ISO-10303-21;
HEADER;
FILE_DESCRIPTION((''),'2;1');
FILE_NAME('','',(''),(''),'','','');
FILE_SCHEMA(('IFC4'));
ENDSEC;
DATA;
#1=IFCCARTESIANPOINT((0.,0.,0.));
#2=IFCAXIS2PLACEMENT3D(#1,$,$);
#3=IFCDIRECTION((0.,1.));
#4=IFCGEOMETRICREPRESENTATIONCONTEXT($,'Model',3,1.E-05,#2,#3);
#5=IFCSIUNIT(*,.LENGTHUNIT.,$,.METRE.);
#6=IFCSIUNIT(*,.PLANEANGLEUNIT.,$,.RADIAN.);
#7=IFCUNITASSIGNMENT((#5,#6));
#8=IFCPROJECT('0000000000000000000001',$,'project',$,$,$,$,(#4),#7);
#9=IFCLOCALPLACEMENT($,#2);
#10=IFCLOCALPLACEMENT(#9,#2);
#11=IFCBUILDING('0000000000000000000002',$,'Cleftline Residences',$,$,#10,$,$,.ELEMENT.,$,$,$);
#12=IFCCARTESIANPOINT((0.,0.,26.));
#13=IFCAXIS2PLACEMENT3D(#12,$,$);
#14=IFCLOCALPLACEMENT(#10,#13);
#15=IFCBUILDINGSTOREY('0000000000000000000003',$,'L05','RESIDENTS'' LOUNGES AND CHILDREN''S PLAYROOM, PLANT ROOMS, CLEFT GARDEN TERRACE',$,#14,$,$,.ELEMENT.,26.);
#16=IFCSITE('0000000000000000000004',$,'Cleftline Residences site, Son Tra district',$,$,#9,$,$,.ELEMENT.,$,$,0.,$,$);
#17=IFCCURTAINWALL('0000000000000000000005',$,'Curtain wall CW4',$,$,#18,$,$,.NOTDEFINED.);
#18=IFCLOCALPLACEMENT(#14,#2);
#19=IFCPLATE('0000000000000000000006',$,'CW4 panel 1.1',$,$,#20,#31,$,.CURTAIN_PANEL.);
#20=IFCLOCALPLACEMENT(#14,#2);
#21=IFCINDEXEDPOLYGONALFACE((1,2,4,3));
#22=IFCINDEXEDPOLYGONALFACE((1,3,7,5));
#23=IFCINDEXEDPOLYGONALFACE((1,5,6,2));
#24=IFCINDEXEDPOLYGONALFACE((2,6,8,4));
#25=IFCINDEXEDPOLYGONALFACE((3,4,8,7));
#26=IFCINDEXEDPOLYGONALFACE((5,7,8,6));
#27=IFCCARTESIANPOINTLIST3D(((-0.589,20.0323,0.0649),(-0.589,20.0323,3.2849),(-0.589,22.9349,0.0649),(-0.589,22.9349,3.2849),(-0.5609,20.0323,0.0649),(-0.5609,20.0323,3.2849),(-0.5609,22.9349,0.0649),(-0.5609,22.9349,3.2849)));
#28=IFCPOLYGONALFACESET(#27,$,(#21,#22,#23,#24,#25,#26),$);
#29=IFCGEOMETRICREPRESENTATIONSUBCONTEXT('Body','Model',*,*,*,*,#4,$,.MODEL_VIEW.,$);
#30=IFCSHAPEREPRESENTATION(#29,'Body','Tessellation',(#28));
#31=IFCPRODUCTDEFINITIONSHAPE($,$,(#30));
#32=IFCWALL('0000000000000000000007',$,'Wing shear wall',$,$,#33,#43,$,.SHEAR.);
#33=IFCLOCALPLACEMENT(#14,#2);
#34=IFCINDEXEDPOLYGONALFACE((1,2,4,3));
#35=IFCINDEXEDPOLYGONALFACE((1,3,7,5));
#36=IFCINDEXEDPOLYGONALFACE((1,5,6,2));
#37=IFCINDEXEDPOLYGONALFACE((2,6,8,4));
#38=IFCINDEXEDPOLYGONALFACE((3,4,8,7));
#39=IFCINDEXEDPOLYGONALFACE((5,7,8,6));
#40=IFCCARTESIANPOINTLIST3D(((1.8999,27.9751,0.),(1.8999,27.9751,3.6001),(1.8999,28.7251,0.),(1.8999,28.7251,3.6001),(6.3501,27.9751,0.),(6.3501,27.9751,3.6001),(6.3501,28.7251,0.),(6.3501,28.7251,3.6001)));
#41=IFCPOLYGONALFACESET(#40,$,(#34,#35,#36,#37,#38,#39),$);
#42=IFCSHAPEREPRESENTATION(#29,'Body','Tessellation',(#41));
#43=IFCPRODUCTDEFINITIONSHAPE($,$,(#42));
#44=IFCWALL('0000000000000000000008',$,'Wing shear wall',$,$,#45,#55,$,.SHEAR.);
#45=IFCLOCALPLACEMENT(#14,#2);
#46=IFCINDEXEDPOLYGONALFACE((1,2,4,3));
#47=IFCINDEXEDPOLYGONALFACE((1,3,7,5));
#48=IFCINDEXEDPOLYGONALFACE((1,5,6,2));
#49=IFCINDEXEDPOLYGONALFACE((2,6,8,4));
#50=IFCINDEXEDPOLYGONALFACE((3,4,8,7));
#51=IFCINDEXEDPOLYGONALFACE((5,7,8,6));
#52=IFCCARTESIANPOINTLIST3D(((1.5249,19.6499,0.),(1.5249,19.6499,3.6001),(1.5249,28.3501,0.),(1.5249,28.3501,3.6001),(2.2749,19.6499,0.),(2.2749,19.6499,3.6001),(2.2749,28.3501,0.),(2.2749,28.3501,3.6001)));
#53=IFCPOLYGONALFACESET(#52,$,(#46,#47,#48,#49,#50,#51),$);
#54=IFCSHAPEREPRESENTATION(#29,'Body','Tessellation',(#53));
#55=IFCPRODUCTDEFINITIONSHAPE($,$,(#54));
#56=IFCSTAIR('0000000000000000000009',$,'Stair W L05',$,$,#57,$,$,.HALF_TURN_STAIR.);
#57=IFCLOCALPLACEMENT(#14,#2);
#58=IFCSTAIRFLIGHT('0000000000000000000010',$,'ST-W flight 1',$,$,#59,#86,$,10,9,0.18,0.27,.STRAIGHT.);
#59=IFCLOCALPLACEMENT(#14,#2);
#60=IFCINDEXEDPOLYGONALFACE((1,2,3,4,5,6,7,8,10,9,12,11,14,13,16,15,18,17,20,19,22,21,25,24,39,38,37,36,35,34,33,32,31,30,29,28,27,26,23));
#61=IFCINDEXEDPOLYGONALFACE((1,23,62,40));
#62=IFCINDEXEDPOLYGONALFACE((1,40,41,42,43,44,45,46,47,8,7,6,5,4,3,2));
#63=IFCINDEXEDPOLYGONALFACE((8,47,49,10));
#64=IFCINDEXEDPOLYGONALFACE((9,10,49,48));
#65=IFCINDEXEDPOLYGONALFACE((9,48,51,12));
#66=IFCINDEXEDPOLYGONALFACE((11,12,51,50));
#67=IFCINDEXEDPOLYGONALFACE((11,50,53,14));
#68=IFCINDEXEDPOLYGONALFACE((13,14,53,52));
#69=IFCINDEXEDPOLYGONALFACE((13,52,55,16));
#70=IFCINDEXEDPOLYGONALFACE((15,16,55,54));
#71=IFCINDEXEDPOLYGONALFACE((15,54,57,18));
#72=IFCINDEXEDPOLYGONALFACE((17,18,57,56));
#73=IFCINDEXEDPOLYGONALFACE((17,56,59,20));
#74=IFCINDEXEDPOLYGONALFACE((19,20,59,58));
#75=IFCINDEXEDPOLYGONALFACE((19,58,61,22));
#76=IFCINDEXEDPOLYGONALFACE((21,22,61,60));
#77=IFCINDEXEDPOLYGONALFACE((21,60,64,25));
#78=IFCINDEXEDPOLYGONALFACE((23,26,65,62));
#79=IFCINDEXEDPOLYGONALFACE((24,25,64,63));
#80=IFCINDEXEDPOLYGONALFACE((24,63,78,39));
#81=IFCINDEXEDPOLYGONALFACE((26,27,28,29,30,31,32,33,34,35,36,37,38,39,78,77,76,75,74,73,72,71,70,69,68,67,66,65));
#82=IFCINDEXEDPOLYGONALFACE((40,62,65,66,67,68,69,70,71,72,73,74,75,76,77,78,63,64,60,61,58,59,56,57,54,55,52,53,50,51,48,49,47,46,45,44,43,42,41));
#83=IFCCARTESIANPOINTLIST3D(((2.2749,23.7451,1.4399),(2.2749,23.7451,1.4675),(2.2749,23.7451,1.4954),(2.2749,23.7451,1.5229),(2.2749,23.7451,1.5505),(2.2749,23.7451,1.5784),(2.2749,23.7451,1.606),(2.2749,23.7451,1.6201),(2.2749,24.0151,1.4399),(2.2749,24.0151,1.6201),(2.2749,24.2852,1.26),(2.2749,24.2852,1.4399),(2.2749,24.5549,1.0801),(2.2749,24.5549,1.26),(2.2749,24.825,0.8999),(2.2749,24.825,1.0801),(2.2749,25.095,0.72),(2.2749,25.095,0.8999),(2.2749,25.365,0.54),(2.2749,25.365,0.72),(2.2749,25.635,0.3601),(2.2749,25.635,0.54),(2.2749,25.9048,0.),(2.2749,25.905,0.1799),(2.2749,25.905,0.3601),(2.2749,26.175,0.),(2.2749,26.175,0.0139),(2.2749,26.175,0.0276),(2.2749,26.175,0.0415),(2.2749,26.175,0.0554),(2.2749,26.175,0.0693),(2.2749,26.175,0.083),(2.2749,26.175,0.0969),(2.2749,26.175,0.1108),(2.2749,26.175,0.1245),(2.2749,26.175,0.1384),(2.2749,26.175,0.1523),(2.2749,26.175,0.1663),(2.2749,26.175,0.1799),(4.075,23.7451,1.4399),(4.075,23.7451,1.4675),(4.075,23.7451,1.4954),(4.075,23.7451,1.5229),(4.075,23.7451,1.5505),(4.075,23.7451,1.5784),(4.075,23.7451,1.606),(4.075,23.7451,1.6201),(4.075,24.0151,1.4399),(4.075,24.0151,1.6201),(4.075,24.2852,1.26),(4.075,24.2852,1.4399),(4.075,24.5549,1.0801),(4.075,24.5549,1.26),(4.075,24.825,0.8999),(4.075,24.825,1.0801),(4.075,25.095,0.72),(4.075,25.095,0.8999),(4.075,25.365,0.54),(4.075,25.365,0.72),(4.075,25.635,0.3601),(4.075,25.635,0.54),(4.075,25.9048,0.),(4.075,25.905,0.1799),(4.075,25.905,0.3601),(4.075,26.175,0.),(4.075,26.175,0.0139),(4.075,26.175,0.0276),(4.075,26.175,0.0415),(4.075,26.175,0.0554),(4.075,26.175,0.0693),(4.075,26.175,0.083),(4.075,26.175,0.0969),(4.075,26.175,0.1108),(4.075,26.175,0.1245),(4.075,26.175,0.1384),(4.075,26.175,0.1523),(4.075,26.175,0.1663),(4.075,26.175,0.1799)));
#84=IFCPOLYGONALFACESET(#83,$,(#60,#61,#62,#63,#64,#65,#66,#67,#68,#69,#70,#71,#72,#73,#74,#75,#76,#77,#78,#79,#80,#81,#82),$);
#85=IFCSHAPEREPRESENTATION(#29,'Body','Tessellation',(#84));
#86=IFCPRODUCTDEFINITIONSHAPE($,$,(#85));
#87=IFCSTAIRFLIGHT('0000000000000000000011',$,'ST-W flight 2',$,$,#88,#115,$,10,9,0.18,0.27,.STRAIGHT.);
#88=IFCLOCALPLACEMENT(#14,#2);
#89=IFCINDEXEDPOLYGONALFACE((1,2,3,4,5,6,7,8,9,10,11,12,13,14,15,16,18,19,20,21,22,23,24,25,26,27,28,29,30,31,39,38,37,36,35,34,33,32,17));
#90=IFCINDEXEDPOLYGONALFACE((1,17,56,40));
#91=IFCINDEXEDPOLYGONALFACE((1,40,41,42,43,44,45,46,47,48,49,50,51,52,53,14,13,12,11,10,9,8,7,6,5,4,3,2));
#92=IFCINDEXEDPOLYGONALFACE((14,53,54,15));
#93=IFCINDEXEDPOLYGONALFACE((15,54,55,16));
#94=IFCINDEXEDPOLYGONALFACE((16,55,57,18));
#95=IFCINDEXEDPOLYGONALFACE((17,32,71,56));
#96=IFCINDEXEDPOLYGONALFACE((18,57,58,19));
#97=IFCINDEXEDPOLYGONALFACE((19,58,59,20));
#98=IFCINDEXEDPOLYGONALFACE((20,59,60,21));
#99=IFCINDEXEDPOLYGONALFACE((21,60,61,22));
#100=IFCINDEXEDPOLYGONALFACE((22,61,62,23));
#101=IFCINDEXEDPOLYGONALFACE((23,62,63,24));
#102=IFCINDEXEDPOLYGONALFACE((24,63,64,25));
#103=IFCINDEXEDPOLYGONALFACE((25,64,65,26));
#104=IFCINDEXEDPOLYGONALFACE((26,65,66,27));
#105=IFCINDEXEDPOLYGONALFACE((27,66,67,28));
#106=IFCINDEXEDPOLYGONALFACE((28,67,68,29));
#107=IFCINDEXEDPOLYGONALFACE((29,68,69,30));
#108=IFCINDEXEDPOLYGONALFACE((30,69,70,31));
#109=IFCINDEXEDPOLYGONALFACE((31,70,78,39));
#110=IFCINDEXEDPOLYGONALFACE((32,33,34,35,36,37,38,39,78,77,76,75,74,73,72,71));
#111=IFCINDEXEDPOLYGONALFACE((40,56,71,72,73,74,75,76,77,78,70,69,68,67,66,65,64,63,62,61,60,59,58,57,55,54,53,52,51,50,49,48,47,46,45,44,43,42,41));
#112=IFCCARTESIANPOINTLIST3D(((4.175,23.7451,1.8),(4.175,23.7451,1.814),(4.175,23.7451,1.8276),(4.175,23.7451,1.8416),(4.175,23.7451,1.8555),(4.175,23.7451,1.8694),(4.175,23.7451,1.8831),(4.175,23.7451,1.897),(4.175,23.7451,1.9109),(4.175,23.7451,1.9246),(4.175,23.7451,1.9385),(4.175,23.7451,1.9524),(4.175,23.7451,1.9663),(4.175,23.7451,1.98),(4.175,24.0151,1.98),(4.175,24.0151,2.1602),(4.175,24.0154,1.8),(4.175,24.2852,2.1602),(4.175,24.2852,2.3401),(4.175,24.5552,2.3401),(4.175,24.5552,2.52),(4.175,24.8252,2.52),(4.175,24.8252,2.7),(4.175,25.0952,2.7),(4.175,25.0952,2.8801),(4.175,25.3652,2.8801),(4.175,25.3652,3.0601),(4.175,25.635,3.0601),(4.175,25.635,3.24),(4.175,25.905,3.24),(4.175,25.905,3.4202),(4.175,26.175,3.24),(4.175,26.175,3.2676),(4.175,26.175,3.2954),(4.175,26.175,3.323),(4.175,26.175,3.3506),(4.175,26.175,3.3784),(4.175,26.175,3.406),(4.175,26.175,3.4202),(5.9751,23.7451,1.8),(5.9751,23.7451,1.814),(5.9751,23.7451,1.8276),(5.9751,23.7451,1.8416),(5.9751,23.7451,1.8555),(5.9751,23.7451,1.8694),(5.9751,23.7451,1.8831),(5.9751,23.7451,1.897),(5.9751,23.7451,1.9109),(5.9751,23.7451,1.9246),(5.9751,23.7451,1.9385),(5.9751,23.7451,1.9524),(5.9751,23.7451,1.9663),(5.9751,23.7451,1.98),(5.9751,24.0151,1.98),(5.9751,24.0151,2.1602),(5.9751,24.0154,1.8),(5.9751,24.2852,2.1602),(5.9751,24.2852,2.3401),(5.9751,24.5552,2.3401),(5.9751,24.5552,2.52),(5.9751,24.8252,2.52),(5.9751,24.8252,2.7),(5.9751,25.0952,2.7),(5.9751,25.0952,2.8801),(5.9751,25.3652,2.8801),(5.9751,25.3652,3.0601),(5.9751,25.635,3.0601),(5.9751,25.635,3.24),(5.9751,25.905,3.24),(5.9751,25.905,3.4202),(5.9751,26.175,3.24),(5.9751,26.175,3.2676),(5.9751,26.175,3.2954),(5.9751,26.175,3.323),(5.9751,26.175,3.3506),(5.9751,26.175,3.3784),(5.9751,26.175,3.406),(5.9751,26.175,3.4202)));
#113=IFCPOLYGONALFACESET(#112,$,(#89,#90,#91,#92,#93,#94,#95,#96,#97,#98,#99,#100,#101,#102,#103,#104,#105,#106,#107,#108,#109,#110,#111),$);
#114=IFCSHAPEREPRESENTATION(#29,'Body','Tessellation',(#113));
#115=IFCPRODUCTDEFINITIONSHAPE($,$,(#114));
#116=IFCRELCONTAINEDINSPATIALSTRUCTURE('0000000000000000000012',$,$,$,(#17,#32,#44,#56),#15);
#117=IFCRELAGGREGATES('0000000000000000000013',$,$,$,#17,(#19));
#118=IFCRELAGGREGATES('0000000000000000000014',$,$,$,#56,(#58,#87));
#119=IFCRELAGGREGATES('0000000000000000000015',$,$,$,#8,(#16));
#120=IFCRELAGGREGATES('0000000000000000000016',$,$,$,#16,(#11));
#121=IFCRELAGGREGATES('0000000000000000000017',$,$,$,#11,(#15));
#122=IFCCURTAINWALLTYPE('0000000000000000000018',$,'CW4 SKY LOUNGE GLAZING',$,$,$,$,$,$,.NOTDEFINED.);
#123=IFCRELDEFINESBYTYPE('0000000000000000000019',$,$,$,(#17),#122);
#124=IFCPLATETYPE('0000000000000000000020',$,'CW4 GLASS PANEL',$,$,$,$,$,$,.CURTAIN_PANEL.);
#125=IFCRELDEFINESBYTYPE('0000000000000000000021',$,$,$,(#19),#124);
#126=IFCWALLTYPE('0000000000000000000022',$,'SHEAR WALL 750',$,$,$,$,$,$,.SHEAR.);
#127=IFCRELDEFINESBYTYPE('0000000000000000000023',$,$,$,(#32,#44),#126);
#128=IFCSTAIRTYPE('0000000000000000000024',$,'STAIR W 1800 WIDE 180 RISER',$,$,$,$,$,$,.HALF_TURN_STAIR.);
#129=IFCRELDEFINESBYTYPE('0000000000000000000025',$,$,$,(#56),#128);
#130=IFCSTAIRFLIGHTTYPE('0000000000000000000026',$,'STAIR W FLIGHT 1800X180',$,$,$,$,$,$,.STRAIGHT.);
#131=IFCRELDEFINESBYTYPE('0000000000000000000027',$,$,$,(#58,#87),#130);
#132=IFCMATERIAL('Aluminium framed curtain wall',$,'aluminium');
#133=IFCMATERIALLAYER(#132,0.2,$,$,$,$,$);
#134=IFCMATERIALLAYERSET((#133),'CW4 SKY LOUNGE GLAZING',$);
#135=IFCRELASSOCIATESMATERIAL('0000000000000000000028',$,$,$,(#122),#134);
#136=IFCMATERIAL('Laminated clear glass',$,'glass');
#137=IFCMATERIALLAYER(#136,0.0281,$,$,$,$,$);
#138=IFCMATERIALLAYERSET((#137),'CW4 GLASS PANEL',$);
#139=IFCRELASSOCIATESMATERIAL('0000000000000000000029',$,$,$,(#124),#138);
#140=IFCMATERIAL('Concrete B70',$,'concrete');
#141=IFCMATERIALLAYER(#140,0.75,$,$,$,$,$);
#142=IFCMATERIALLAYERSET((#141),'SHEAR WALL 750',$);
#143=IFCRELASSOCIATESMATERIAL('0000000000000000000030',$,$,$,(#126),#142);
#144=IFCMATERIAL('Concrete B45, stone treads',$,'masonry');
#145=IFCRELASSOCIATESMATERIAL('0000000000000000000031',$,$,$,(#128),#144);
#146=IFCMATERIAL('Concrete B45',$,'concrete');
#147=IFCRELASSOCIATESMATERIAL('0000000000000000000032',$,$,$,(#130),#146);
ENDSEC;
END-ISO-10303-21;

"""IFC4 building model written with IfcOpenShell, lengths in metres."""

from ifc_helpers import new_model, si_unit, direction, frame, frame_2d, origin, origin_2d, place, context, subcontext, project, spatial, polyline, rectangle, outline, extrude, material, layer, layer_set, type_object, element, aggregate, save


model = new_model("IFC4")

# Units and contexts
model_context = context("Model", 3, precision=1e-05, world=origin(), true_north=direction((0.0, 1.0)))
body_context = subcontext(model_context, "Body", "Model", "MODEL_VIEW")
ifc_project = project(units=[si_unit("LENGTHUNIT", "METRE"), si_unit("PLANEANGLEUNIT", "RADIAN")], contexts=[model_context])

# Site, building, storey
site_placement = place(None, origin())
site = spatial("IfcSite", under=ifc_project, at=site_placement, Name="Cleftline Residences site, Son Tra district", CompositionType="ELEMENT", RefElevation=0.0)
building_placement = place(site_placement, origin())
building = spatial("IfcBuilding", under=site, at=building_placement, Name="Cleftline Residences", CompositionType="ELEMENT")
storey_placement = place(building_placement, frame((0.0, 0.0, 26.0)))
storey = spatial("IfcBuildingStorey", under=building, at=storey_placement, Name="L05", Description="RESIDENTS' LOUNGES AND CHILDREN'S PLAYROOM, PLANT ROOMS, CLEFT GARDEN TERRACE", CompositionType="ELEMENT", Elevation=26.0)

# Shared definitions
ifc_material_1 = material(Name="Aluminium framed curtain wall", Category="aluminium")
ifc_layer_1 = layer(ifc_material_1, 0.2)
ifc_layer_set_1 = layer_set([ifc_layer_1], Name="CW4 SKY LOUNGE GLAZING")
curtain_wall_type = type_object("IfcCurtainWallType", Name="CW4 SKY LOUNGE GLAZING", PredefinedType="NOTDEFINED", material=ifc_layer_set_1)

# Curtain wall
curtain_wall_1_placement = place(storey_placement, origin())
curtain_wall_1 = element("IfcCurtainWall", 1, at=curtain_wall_1_placement, inside=storey, type_object=curtain_wall_type, Name="Curtain wall CW4", PredefinedType="NOTDEFINED")

# Plate
ifc_material_2 = material(Name="Laminated clear glass", Category="glass")
ifc_layer_2 = layer(ifc_material_2, 0.0281)
ifc_layer_set_2 = layer_set([ifc_layer_2], Name="CW4 GLASS PANEL")
plate_type = type_object("IfcPlateType", Name="CW4 GLASS PANEL", PredefinedType="CURTAIN_PANEL", material=ifc_layer_set_2)
plate_1_placement = place(storey_placement, frame((-0.575, 21.4836, 0.0649), z_axis=(0.0, 0.0, 1.0), x_axis=(0.0, -1.0, 0.0)))
plate_1 = element("IfcPlate", 2, at=plate_1_placement, type_object=plate_type, Name="CW4 panel 1.1", PredefinedType="CURTAIN_PANEL", context=body_context, shape_type="SweptSolid", body=[
    extrude(rectangle(XDim=2.9026, YDim=0.0281, at=origin_2d()), origin(), (0.0, 0.0, 1.0), 3.22),
])
aggregate(curtain_wall_1, [plate_1])

# Walls
ifc_material_3 = material(Name="Concrete B70", Category="concrete")
ifc_layer_3 = layer(ifc_material_3, 0.75)
ifc_layer_set_3 = layer_set([ifc_layer_3], Name="SHEAR WALL 750")
wall_type = type_object("IfcWallType", Name="SHEAR WALL 750", PredefinedType="SHEAR", material=ifc_layer_set_3)
wall_1_placement = place(storey_placement, frame((6.3501, 28.3501, 0.0), z_axis=(0.0, 0.0, 1.0), x_axis=(-1.0, 0.0, 0.0)))
element("IfcWall", 3, at=wall_1_placement, inside=storey, type_object=wall_type, Name="Wing shear wall", PredefinedType="SHEAR", context=body_context, shape_type="SweptSolid", body=[
    extrude(rectangle(XDim=4.4502, YDim=0.75, at=frame_2d((2.2251, 0.0))), origin(), (0.0, 0.0, 1.0), 3.6001),
])
wall_2_placement = place(storey_placement, frame((1.8999, 28.3501, 0.0), z_axis=(0.0, 0.0, 1.0), x_axis=(0.0, -1.0, 0.0)))
element("IfcWall", 4, at=wall_2_placement, inside=storey, type_object=wall_type, Name="Wing shear wall", PredefinedType="SHEAR", context=body_context, shape_type="SweptSolid", body=[
    extrude(rectangle(XDim=8.7002, YDim=0.75, at=frame_2d((4.3501, 0.0))), origin(), (0.0, 0.0, 1.0), 3.6001),
])

# Stair, stair flights
ifc_material_4 = material(Name="Concrete B45, stone treads", Category="masonry")
stair_type = type_object("IfcStairType", Name="STAIR W 1800 WIDE 180 RISER", PredefinedType="HALF_TURN_STAIR", material=ifc_material_4)
stair_placement = place(storey_placement, origin())
stair = element("IfcStair", 5, at=stair_placement, inside=storey, type_object=stair_type, Name="Stair W L05", PredefinedType="HALF_TURN_STAIR")
ifc_material_5 = material(Name="Concrete B45", Category="concrete")
stair_flight_type = type_object("IfcStairFlightType", Name="STAIR W FLIGHT 1800X180", PredefinedType="STRAIGHT", material=ifc_material_5)
stair_flight_1_placement = place(storey_placement, frame((3.175, 26.175, 0.0), z_axis=(0.0, 0.0, 1.0), x_axis=(0.0, -1.0, 0.0)))
stair_flight_1 = element("IfcStairFlight", 6, at=stair_flight_1_placement, type_object=stair_flight_type, Name="ST-W flight 1", NumberOfRisers=10, NumberOfTreads=9, PredefinedType="STRAIGHT", RiserHeight=0.18, TreadLength=0.27, context=body_context, shape_type="SweptSolid", body=[
    extrude(outline(polyline([(0.0, 0.0), (0.0, 0.0139), (0.0, 0.0276), (0.0, 0.0415), (0.0, 0.0554), (0.0, 0.0693), (0.0, 0.083), (0.0, 0.0969), (0.0, 0.1108), (0.0, 0.1245), (0.0, 0.1384), (0.0, 0.1523), (0.0, 0.1663), (0.0, 0.1799), (0.27, 0.1799), (0.27, 0.3601), (0.54, 0.3601), (0.54, 0.54), (0.8101, 0.54), (0.8101, 0.72), (1.0801, 0.72), (1.0801, 0.8999), (1.3501, 0.8999), (1.3501, 1.0801), (1.6201, 1.0801), (1.6201, 1.26), (1.8899, 1.26), (1.8899, 1.4399), (2.1599, 1.4399), (2.1599, 1.6201), (2.4299, 1.6201), (2.4299, 1.8), (2.4299, 1.7722), (2.4299, 1.7446), (2.4299, 1.7168), (2.4299, 1.6892), (2.4299, 1.6614), (2.4299, 1.6338), (2.4299, 1.606), (2.4299, 1.5784), (2.4299, 1.5505), (2.4299, 1.5229), (2.4299, 1.4954), (2.4299, 1.4675), (2.4299, 1.4399), (0.2703, 0.0), (0.0, 0.0)])), frame((0.0, 0.8999, 0.0), z_axis=(0.0, -1.0, 0.0), x_axis=(1.0, 0.0, 0.0)), (0.0, 0.0, 1.0), 1.8),
])
stair_flight_2_placement = place(storey_placement, frame((5.075, 23.7451, 1.8), z_axis=(0.0, 0.0, 1.0), x_axis=(0.0, 1.0, 0.0)))
stair_flight_2 = element("IfcStairFlight", 7, at=stair_flight_2_placement, type_object=stair_flight_type, Name="ST-W flight 2", NumberOfRisers=10, NumberOfTreads=9, PredefinedType="STRAIGHT", RiserHeight=0.18, TreadLength=0.27, context=body_context, shape_type="SweptSolid", body=[
    extrude(outline(polyline([(0.0, 0.0), (0.0, 0.0139), (0.0, 0.0276), (0.0, 0.0415), (0.0, 0.0554), (0.0, 0.0693), (0.0, 0.083), (0.0, 0.0969), (0.0, 0.1108), (0.0, 0.1245), (0.0, 0.1384), (0.0, 0.1523), (0.0, 0.1663), (0.0, 0.1799), (0.27, 0.1799), (0.27, 0.3601), (0.54, 0.3601), (0.54, 0.54), (0.8101, 0.54), (0.8101, 0.72), (1.0801, 0.72), (1.0801, 0.8999), (1.3501, 0.8999), (1.3501, 1.0801), (1.6201, 1.0801), (1.6201, 1.26), (1.8899, 1.26), (1.8899, 1.4399), (2.1599, 1.4399), (2.1599, 1.6201), (2.4299, 1.6201), (2.4299, 1.8), (2.4299, 1.7722), (2.4299, 1.7446), (2.4299, 1.7168), (2.4299, 1.6892), (2.4299, 1.6614), (2.4299, 1.6338), (2.4299, 1.606), (2.4299, 1.5784), (2.4299, 1.5505), (2.4299, 1.5229), (2.4299, 1.4954), (2.4299, 1.4675), (2.4299, 1.4399), (0.2703, 0.0), (0.0, 0.0)])), frame((0.0, 0.8999, 0.0), z_axis=(0.0, -1.0, 0.0), x_axis=(1.0, 0.0, 0.0)), (0.0, 0.0, 1.0), 1.8),
])
aggregate(stair, [stair_flight_1, stair_flight_2])

save(model, "model.ifc")
